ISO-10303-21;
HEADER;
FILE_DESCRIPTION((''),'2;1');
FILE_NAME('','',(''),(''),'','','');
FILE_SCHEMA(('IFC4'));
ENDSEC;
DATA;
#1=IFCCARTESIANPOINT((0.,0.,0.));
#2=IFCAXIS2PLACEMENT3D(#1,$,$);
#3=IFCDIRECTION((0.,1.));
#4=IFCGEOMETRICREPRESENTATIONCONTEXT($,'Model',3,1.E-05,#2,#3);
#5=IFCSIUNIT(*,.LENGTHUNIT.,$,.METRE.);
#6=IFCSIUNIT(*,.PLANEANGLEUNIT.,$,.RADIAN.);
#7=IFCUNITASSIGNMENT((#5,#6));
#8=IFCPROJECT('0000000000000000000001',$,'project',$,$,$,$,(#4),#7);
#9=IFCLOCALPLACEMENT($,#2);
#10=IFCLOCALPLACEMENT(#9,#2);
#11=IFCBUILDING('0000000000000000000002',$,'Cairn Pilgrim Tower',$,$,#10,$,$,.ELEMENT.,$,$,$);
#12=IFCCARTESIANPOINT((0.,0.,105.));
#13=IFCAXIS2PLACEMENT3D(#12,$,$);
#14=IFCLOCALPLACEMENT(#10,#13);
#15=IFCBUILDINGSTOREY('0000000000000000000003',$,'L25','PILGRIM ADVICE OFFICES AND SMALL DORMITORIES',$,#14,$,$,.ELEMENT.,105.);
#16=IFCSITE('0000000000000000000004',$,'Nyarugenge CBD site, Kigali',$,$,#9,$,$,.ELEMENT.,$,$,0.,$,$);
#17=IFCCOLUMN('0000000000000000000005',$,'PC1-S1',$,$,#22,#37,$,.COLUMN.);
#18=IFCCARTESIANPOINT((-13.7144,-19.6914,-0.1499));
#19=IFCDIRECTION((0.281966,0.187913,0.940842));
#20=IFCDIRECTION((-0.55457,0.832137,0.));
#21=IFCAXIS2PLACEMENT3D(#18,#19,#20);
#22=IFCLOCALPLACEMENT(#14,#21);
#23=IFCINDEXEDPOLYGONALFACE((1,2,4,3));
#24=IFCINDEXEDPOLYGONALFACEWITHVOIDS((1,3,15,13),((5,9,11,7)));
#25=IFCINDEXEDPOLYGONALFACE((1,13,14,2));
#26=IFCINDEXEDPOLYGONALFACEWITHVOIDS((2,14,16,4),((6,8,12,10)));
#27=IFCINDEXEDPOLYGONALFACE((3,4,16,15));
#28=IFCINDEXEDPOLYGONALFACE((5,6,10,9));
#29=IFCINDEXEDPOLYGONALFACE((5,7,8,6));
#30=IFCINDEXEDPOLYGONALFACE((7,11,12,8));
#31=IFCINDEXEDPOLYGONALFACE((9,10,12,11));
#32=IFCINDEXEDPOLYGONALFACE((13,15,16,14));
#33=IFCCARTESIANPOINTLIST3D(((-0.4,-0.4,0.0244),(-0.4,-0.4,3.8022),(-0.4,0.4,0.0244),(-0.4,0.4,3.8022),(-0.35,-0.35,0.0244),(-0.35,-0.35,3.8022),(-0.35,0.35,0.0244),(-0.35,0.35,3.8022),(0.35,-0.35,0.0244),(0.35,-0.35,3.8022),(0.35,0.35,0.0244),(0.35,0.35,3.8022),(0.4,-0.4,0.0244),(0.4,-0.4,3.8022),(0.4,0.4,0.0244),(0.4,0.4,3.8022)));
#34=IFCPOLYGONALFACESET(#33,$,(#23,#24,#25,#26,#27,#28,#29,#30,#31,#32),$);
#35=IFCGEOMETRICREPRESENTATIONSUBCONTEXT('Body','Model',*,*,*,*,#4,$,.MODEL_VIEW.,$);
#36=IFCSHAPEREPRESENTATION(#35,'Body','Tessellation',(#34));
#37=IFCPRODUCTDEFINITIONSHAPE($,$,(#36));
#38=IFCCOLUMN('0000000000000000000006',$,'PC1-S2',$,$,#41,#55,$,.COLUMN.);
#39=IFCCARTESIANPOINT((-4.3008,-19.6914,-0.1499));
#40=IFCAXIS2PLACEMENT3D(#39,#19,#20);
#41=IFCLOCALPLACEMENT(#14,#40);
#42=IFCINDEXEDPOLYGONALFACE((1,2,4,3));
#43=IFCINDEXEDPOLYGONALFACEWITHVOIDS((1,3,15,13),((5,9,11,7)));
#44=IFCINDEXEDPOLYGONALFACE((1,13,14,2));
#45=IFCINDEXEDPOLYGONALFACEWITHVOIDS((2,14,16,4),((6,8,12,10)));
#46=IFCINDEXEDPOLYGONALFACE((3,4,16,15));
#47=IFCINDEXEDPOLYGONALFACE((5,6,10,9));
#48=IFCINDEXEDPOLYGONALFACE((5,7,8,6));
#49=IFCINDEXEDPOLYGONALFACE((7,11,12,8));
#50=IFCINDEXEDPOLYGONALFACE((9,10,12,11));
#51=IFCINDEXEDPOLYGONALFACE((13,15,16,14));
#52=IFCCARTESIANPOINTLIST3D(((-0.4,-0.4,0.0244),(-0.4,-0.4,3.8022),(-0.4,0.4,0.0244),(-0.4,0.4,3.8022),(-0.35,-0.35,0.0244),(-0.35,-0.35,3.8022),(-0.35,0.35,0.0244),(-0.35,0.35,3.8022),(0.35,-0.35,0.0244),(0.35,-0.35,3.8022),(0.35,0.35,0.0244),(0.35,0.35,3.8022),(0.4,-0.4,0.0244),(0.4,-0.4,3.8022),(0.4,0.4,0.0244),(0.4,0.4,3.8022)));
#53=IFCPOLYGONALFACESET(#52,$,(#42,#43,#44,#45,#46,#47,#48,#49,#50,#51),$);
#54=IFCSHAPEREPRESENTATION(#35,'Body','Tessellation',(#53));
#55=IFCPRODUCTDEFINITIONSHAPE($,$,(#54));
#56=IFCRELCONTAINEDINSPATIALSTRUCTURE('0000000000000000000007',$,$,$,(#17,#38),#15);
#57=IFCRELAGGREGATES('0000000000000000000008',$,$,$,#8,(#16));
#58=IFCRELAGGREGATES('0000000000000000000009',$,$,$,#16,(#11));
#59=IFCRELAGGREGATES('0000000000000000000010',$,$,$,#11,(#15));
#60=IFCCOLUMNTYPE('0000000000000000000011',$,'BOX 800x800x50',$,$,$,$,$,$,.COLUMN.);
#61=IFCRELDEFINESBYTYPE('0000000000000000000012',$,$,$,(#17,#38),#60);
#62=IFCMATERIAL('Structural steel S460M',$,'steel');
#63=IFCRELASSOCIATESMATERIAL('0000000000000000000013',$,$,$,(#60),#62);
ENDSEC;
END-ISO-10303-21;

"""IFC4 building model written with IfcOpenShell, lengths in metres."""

from ifc_helpers import new_model, si_unit, direction, frame, origin, origin_2d, place, context, subcontext, project, spatial, hollow_rectangle, extrude, clip, halfspace, material, material_profile, profile_set, type_object, element, save


model = new_model("IFC4")

# Units and contexts
model_context = context("Model", 3, precision=1e-05, world=origin(), true_north=direction((0.0, 1.0)))
body_context = subcontext(model_context, "Body", "Model", "MODEL_VIEW")
ifc_project = project(units=[si_unit("LENGTHUNIT", "METRE"), si_unit("PLANEANGLEUNIT", "RADIAN")], contexts=[model_context])

# Site, building, storey
site_placement = place(None, origin())
site = spatial("IfcSite", under=ifc_project, at=site_placement, Name="Nyarugenge CBD site, Kigali", CompositionType="ELEMENT", RefElevation=0.0)
building_placement = place(site_placement, origin())
building = spatial("IfcBuilding", under=site, at=building_placement, Name="Cairn Pilgrim Tower", CompositionType="ELEMENT")
storey_placement = place(building_placement, frame((0.0, 0.0, 105.0)))
storey = spatial("IfcBuildingStorey", under=building, at=storey_placement, Name="L25", Description="PILGRIM ADVICE OFFICES AND SMALL DORMITORIES", CompositionType="ELEMENT", Elevation=105.0)

# Columns
ifc_material_1 = material(Name="Structural steel S460M", Category="steel")
ifc_material_profile_1 = material_profile(ifc_material_1, hollow_rectangle(XDim=0.8, YDim=0.8, WallThickness=0.05, at=origin_2d()), Name="BOX 800x800x50")
ifc_profile_set_1 = profile_set([ifc_material_profile_1], Name="Structural steel S460M")
column_type = type_object("IfcColumnType", Name="BOX 800x800x50", PredefinedType="COLUMN", material=ifc_profile_set_1)
for number, where, z_axis, x_axis, name in (
    (1, (-13.7144, -19.6914, -0.1499), (0.281966, 0.187913, 0.940842), (-0.55457, 0.832137, 0.0), "PC1-S1"),
    (2, (-4.3008, -19.6914, -0.1499), (0.281966, 0.187913, 0.940842), (-0.55457, 0.832137, 0.0), "PC1-S2"),
):
    element("IfcColumn", number, at=place(storey_placement, frame(where, z_axis=z_axis, x_axis=x_axis)), inside=storey, type_object=column_type, Name=name, PredefinedType="COLUMN", context=body_context, shape_type="Clipping", body=[
        clip(clip(extrude(hollow_rectangle(XDim=0.8, YDim=0.8, WallThickness=0.05, at=origin_2d()), origin(), (0.0, 0.0, 1.0), 3.8262), halfspace(frame((0.0, 0.0, 0.0244), z_axis=(0.0, 0.0, 1.0), x_axis=(1.0, 0.0, 0.0)), True)), halfspace(frame((0.0, 0.0, 3.8022), z_axis=(0.0, 0.0, 1.0), x_axis=(1.0, 0.0, 0.0)), False)),
    ])

save(model, "model.ifc")
